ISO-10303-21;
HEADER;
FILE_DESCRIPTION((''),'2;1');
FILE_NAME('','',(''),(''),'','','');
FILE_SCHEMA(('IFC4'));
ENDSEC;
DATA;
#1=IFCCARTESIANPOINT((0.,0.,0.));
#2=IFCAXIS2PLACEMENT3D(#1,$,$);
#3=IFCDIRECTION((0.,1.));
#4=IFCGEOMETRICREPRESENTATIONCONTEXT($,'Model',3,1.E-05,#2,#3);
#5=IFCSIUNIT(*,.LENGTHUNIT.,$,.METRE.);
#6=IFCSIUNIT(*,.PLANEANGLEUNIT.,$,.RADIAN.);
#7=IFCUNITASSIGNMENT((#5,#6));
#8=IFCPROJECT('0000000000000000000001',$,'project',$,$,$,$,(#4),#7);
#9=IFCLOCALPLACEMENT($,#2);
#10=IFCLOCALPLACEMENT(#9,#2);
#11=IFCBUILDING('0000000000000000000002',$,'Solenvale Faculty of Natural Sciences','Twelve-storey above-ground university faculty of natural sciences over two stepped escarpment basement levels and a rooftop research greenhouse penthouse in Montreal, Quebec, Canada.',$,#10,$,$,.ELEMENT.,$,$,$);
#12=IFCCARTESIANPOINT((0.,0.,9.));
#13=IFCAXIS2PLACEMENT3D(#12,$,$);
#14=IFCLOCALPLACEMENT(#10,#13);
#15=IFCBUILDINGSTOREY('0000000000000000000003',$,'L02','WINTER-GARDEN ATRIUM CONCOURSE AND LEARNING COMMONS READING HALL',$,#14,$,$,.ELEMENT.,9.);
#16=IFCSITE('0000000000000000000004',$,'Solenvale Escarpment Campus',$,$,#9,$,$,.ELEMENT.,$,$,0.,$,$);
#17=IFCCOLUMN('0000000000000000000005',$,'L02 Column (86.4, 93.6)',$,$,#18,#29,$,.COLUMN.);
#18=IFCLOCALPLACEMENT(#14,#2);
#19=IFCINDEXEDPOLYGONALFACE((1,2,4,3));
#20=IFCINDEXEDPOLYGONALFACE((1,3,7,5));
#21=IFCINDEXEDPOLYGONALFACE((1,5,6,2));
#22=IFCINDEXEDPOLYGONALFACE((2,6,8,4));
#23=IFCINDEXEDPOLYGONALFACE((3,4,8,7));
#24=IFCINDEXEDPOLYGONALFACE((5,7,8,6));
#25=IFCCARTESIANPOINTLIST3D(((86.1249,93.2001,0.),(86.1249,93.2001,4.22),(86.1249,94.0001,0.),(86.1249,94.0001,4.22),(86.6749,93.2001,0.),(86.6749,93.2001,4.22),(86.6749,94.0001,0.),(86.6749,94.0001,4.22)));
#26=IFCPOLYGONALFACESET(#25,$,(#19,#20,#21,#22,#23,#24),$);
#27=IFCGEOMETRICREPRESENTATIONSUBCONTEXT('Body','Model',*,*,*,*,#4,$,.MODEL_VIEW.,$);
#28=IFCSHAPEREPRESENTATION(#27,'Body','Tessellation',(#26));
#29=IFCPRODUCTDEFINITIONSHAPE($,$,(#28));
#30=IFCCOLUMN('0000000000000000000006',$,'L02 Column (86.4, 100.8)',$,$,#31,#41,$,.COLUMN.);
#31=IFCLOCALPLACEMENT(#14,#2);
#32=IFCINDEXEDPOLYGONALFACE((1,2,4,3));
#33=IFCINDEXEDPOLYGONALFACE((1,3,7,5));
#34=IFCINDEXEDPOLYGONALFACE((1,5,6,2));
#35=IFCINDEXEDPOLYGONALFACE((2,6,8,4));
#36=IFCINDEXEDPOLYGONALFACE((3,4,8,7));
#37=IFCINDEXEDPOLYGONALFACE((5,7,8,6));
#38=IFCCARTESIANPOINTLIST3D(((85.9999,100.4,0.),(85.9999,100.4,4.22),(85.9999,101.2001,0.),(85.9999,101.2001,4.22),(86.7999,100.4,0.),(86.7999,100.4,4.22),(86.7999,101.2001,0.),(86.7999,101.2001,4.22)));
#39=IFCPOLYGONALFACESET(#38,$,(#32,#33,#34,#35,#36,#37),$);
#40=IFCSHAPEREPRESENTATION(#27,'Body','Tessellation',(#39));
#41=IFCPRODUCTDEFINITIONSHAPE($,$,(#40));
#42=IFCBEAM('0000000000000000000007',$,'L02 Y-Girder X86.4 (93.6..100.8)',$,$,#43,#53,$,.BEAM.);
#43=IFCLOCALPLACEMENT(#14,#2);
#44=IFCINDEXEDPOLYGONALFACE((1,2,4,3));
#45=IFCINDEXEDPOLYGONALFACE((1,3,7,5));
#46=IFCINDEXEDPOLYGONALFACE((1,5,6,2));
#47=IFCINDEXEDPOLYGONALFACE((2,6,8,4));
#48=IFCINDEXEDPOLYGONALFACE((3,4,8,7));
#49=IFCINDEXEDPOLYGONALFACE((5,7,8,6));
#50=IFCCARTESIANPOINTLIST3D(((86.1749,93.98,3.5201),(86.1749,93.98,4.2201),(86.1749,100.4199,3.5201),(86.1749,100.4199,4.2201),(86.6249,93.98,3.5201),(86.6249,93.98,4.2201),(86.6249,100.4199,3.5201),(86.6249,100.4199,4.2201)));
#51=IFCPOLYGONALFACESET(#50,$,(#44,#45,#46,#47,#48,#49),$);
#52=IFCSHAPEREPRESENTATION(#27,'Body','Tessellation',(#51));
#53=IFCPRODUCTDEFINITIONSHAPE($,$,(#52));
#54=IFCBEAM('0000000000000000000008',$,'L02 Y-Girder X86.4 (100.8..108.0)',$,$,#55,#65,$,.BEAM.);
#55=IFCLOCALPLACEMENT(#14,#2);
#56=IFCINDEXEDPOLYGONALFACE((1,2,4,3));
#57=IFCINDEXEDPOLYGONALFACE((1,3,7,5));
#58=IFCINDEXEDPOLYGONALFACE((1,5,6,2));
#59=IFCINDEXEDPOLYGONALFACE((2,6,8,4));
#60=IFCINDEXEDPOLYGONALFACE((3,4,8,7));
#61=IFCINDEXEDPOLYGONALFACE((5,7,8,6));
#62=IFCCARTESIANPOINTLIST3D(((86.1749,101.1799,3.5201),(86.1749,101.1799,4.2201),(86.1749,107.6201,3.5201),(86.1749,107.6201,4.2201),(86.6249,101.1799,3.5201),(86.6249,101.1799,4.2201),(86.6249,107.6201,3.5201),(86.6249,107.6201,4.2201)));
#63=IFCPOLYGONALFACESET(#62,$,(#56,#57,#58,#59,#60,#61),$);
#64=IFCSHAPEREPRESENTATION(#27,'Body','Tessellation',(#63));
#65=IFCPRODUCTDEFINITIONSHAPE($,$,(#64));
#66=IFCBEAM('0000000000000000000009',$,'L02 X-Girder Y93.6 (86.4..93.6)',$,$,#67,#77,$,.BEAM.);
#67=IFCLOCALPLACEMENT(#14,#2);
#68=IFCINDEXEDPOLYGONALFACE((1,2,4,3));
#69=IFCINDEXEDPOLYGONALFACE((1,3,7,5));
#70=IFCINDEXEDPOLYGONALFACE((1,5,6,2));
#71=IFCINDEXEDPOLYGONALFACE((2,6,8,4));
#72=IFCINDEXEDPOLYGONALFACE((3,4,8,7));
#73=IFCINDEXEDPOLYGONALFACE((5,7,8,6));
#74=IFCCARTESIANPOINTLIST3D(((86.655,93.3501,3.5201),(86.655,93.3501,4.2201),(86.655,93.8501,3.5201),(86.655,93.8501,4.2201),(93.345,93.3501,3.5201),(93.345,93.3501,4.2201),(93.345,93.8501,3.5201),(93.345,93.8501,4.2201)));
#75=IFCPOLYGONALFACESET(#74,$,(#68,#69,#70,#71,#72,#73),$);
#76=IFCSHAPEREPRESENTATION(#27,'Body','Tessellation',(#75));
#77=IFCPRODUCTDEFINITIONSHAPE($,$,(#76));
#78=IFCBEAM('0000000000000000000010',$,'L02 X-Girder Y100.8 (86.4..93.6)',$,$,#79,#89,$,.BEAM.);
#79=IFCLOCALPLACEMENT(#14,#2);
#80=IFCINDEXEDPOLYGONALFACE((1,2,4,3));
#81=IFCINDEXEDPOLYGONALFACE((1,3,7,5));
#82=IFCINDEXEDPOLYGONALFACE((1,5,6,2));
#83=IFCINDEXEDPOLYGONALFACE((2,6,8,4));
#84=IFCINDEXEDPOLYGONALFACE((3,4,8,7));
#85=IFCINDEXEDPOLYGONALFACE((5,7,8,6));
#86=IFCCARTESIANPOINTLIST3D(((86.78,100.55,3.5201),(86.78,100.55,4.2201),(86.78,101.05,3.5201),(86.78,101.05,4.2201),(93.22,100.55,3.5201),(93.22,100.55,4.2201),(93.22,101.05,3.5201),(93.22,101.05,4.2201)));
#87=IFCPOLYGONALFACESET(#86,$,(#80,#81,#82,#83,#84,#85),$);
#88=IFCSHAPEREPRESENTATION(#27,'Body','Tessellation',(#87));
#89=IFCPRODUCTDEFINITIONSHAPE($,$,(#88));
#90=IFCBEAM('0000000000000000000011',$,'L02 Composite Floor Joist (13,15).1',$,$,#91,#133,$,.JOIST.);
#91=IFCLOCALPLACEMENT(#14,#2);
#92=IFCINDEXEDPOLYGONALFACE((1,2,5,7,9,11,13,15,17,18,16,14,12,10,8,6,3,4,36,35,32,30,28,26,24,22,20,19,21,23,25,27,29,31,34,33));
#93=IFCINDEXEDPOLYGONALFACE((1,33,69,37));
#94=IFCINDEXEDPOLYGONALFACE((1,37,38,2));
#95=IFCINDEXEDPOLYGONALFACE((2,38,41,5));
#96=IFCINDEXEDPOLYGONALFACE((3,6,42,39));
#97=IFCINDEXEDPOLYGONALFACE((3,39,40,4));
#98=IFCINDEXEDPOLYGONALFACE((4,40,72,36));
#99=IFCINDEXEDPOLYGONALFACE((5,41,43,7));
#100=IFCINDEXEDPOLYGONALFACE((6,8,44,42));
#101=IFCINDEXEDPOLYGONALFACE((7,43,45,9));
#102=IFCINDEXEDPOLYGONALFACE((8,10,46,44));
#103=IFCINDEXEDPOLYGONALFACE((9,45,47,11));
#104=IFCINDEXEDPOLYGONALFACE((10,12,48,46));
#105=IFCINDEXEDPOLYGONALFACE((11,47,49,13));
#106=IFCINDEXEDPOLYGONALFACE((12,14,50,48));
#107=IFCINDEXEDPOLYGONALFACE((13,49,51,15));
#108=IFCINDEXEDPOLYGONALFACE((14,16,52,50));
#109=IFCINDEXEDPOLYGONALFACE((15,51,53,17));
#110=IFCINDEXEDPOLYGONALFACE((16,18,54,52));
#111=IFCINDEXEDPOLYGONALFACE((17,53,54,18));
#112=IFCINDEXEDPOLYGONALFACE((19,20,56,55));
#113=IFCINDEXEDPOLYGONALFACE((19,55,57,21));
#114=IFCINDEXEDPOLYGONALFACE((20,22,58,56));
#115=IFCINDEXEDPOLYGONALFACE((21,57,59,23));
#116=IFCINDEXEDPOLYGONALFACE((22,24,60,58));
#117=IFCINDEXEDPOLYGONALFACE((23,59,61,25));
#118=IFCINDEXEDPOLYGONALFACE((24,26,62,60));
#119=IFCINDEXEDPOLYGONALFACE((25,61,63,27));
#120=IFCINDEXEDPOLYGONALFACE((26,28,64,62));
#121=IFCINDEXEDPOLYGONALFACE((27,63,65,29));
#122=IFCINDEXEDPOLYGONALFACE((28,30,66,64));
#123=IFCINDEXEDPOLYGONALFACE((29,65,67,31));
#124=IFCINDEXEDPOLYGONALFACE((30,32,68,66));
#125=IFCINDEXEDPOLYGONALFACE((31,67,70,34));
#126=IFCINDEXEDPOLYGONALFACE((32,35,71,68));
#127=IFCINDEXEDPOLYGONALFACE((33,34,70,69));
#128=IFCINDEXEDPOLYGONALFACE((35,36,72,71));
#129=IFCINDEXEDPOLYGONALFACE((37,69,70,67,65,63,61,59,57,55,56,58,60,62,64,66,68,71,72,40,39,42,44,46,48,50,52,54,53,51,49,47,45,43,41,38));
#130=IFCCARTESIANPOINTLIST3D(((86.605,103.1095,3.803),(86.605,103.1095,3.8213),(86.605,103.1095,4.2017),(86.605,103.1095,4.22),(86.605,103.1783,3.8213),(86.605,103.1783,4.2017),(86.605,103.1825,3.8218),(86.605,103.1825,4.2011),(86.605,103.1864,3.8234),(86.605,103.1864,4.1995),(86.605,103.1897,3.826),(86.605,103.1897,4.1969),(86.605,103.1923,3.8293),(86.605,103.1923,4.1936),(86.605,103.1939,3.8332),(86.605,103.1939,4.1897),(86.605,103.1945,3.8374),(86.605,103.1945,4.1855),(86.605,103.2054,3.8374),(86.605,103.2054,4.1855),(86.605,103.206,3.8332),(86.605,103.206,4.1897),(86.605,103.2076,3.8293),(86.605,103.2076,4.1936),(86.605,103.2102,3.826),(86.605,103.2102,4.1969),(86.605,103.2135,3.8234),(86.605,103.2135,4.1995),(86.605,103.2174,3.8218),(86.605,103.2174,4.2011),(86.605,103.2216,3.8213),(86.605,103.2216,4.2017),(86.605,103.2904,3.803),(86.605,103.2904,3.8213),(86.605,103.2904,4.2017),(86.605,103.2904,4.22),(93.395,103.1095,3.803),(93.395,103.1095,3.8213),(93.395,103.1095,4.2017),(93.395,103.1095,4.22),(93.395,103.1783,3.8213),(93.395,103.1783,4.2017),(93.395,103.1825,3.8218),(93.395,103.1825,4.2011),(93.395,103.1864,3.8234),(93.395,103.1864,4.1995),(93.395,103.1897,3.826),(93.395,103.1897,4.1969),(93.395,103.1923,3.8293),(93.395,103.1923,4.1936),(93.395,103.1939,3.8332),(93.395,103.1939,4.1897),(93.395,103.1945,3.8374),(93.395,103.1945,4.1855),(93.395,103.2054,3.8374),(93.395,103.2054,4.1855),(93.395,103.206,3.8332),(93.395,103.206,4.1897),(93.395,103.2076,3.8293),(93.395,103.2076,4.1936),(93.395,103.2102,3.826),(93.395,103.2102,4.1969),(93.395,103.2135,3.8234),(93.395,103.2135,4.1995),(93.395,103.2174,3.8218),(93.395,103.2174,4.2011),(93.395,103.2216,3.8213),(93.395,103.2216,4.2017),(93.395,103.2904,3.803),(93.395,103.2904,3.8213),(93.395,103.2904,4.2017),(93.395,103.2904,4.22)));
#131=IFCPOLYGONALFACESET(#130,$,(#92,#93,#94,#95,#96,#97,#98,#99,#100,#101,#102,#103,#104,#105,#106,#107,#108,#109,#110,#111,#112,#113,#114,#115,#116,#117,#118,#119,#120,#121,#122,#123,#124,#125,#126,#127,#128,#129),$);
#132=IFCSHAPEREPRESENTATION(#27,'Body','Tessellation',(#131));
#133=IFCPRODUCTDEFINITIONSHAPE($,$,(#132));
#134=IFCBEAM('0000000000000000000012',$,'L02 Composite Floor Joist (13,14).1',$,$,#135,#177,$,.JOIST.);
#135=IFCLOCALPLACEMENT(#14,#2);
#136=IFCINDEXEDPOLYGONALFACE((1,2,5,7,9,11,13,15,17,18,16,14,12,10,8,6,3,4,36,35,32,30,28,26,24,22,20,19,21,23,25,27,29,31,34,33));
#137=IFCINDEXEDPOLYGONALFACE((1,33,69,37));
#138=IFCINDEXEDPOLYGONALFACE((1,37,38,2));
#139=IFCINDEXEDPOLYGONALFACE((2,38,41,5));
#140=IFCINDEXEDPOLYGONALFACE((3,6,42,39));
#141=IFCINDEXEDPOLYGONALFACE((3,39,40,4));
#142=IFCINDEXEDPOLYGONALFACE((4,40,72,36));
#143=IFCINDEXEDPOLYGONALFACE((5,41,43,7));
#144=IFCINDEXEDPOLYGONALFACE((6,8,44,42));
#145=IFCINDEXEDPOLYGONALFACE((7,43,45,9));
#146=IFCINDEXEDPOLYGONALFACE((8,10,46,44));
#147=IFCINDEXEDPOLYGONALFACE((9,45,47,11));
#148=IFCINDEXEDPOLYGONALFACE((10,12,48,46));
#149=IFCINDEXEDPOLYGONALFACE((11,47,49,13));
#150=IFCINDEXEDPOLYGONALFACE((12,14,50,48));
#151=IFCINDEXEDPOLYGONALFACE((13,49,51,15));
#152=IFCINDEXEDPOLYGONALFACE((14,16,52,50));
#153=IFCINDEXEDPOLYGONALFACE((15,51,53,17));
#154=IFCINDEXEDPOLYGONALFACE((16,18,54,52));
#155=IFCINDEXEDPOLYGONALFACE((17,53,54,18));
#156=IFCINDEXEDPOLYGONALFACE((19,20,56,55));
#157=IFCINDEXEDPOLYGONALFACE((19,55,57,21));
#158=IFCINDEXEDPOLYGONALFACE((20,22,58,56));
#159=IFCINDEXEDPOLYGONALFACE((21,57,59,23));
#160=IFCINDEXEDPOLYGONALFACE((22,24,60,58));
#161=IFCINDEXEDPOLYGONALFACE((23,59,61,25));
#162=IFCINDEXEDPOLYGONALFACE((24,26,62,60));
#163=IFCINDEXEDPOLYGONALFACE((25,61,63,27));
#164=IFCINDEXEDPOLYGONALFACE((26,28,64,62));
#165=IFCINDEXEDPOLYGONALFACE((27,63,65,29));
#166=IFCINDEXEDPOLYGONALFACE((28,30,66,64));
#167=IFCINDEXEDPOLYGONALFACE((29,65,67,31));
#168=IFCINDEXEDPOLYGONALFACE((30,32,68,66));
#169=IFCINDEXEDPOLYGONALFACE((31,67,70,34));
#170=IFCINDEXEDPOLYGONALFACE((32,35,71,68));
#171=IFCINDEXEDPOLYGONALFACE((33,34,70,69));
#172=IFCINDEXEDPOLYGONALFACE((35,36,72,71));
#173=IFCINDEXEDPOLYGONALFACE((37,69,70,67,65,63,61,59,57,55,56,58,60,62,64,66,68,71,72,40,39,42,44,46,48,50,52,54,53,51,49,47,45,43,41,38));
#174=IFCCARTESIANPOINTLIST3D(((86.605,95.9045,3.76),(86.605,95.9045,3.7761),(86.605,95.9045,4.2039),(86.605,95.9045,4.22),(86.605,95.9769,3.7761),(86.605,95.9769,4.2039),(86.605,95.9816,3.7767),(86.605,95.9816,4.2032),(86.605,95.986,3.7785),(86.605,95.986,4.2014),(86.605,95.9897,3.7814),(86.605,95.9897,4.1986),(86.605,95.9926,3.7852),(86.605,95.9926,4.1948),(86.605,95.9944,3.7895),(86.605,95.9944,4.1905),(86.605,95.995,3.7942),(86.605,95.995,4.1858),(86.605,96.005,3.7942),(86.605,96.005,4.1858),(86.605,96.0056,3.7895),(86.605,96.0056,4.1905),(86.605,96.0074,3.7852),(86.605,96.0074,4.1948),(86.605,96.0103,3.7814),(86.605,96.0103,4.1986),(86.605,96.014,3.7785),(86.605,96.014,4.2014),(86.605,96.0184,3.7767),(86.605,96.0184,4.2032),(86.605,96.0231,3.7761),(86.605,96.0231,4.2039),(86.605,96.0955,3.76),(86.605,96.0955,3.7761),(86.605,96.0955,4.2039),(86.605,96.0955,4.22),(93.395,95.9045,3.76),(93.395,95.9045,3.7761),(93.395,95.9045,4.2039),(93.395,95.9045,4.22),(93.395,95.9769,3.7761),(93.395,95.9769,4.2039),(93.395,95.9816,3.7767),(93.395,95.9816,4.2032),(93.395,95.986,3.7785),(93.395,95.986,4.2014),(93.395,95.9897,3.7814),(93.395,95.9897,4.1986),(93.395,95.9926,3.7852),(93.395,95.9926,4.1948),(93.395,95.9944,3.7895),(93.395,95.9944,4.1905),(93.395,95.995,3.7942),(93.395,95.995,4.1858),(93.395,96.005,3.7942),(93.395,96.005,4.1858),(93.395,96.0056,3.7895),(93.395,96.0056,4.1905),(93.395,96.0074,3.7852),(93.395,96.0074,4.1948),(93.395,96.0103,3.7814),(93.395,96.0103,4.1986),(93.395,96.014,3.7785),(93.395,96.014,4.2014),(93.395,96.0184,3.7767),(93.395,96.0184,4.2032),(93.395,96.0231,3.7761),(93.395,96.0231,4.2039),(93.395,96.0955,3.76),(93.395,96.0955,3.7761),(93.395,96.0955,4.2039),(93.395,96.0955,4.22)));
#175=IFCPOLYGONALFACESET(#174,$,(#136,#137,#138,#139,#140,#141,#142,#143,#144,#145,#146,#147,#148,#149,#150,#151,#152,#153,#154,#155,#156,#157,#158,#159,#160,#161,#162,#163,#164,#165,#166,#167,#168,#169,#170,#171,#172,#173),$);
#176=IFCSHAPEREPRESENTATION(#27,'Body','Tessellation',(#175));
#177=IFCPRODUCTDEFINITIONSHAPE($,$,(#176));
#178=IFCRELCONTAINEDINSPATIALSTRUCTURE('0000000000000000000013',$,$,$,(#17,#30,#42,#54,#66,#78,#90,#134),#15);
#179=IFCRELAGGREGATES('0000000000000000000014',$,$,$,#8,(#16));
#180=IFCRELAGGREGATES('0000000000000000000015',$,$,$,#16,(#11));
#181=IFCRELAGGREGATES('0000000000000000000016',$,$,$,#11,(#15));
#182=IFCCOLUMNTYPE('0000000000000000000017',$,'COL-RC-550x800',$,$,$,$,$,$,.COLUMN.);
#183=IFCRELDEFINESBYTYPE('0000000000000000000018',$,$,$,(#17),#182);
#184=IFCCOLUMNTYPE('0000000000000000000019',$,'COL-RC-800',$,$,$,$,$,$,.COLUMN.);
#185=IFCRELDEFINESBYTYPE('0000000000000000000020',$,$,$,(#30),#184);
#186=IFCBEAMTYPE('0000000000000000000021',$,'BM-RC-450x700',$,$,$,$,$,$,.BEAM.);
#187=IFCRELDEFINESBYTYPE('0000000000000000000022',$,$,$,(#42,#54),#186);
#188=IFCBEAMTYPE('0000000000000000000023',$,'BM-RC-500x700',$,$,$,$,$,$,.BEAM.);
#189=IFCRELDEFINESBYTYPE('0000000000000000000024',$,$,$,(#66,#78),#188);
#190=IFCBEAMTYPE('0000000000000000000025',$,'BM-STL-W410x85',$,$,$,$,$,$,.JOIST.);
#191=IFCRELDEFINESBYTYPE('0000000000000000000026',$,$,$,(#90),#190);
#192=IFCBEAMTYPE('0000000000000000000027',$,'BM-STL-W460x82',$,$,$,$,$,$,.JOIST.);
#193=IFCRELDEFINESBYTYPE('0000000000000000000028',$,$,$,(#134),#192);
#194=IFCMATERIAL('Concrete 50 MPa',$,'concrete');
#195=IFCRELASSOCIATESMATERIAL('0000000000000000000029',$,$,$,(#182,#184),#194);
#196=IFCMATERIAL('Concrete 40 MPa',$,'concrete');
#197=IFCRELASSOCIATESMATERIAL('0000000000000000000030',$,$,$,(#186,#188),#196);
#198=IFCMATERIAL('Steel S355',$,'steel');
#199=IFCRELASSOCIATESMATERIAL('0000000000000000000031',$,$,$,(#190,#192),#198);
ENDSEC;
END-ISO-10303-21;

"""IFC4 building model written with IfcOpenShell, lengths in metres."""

from ifc_helpers import new_model, si_unit, direction, frame, origin, origin_2d, place, context, subcontext, project, spatial, rectangle, i_section, extrude, material, material_profile, profile_set, type_object, element, save


model = new_model("IFC4")

# Units and contexts
model_context = context("Model", 3, precision=1e-05, world=origin(), true_north=direction((0.0, 1.0)))
body_context = subcontext(model_context, "Body", "Model", "MODEL_VIEW")
ifc_project = project(units=[si_unit("LENGTHUNIT", "METRE"), si_unit("PLANEANGLEUNIT", "RADIAN")], contexts=[model_context])

# Site, building, storey
site_placement = place(None, origin())
site = spatial("IfcSite", under=ifc_project, at=site_placement, Name="Solenvale Escarpment Campus", CompositionType="ELEMENT", RefElevation=0.0)
building_placement = place(site_placement, origin())
building = spatial("IfcBuilding", under=site, at=building_placement, Name="Solenvale Faculty of Natural Sciences", Description="Twelve-storey above-ground university faculty of natural sciences over two stepped escarpment basement levels and a rooftop research greenhouse penthouse in Montreal, Quebec, Canada.", CompositionType="ELEMENT")
storey_placement = place(building_placement, frame((0.0, 0.0, 9.0)))
storey = spatial("IfcBuildingStorey", under=building, at=storey_placement, Name="L02", Description="WINTER-GARDEN ATRIUM CONCOURSE AND LEARNING COMMONS READING HALL", CompositionType="ELEMENT", Elevation=9.0)

# Columns
ifc_material_1 = material(Name="Concrete 50 MPa", Category="concrete")
ifc_material_profile_1 = material_profile(ifc_material_1, rectangle(XDim=0.55, YDim=0.8, at=origin_2d()), Name="RC-COL-550x800")
ifc_profile_set_1 = profile_set([ifc_material_profile_1], Name="Concrete 50 MPa")
column_type_1 = type_object("IfcColumnType", Name="COL-RC-550x800", PredefinedType="COLUMN", material=ifc_profile_set_1)
column_1_placement = place(storey_placement, frame((86.3999, 93.6001, 0.0), z_axis=(0.0, 0.0, 1.0), x_axis=(1.0, 0.0, 0.0)))
element("IfcColumn", 1, at=column_1_placement, inside=storey, type_object=column_type_1, Name="L02 Column (86.4, 93.6)", PredefinedType="COLUMN", context=body_context, shape_type="SweptSolid", body=[
    extrude(rectangle(XDim=0.55, YDim=0.8, at=origin_2d()), origin(), (0.0, 0.0, 1.0), 4.22),
])
ifc_material_profile_2 = material_profile(ifc_material_1, rectangle(XDim=0.8, YDim=0.8, at=origin_2d()), Name="RC-COL-800x800")
ifc_profile_set_2 = profile_set([ifc_material_profile_2], Name="Concrete 50 MPa")
column_type_2 = type_object("IfcColumnType", Name="COL-RC-800", PredefinedType="COLUMN", material=ifc_profile_set_2)
column_2_placement = place(storey_placement, frame((86.3999, 100.8, 0.0), z_axis=(0.0, 0.0, 1.0), x_axis=(1.0, 0.0, 0.0)))
element("IfcColumn", 2, at=column_2_placement, inside=storey, type_object=column_type_2, Name="L02 Column (86.4, 100.8)", PredefinedType="COLUMN", context=body_context, shape_type="SweptSolid", body=[
    extrude(rectangle(XDim=0.8, YDim=0.8, at=origin_2d()), origin(), (0.0, 0.0, 1.0), 4.22),
])

# Beams
ifc_material_2 = material(Name="Concrete 40 MPa", Category="concrete")
ifc_material_profile_3 = material_profile(ifc_material_2, rectangle(XDim=0.45, YDim=0.7, at=origin_2d()), Name="RC-BM-450x700")
ifc_profile_set_3 = profile_set([ifc_material_profile_3], Name="Concrete 40 MPa")
beam_type_1 = type_object("IfcBeamType", Name="BM-RC-450x700", PredefinedType="BEAM", material=ifc_profile_set_3)
beam_1_placement = place(storey_placement, frame((86.3999, 93.98, 3.8701), z_axis=(0.0, 1.0, 0.0), x_axis=(-1.0, 0.0, 0.0)))
element("IfcBeam", 3, at=beam_1_placement, inside=storey, type_object=beam_type_1, Name="L02 Y-Girder X86.4 (93.6..100.8)", PredefinedType="BEAM", context=body_context, shape_type="SweptSolid", body=[
    extrude(rectangle(XDim=0.45, YDim=0.7, at=origin_2d()), origin(), (0.0, 0.0, 1.0), 6.4399),
])
beam_2_placement = place(storey_placement, frame((86.3999, 101.1799, 3.8701), z_axis=(0.0, 1.0, 0.0), x_axis=(-1.0, 0.0, 0.0)))
element("IfcBeam", 4, at=beam_2_placement, inside=storey, type_object=beam_type_1, Name="L02 Y-Girder X86.4 (100.8..108.0)", PredefinedType="BEAM", context=body_context, shape_type="SweptSolid", body=[
    extrude(rectangle(XDim=0.45, YDim=0.7, at=origin_2d()), origin(), (0.0, 0.0, 1.0), 6.4402),
])
ifc_material_profile_4 = material_profile(ifc_material_2, rectangle(XDim=0.5, YDim=0.7, at=origin_2d()), Name="RC-BM-500x700")
ifc_profile_set_4 = profile_set([ifc_material_profile_4], Name="Concrete 40 MPa")
beam_type_2 = type_object("IfcBeamType", Name="BM-RC-500x700", PredefinedType="BEAM", material=ifc_profile_set_4)
beam_3_placement = place(storey_placement, frame((86.655, 93.6001, 3.8701), z_axis=(1.0, 0.0, 0.0), x_axis=(0.0, 1.0, 0.0)))
element("IfcBeam", 5, at=beam_3_placement, inside=storey, type_object=beam_type_2, Name="L02 X-Girder Y93.6 (86.4..93.6)", PredefinedType="BEAM", context=body_context, shape_type="SweptSolid", body=[
    extrude(rectangle(XDim=0.5, YDim=0.7, at=origin_2d()), origin(), (0.0, 0.0, 1.0), 6.6899),
])
beam_4_placement = place(storey_placement, frame((86.78, 100.8, 3.8701), z_axis=(1.0, 0.0, 0.0), x_axis=(0.0, 1.0, 0.0)))
element("IfcBeam", 6, at=beam_4_placement, inside=storey, type_object=beam_type_2, Name="L02 X-Girder Y100.8 (86.4..93.6)", PredefinedType="BEAM", context=body_context, shape_type="SweptSolid", body=[
    extrude(rectangle(XDim=0.5, YDim=0.7, at=origin_2d()), origin(), (0.0, 0.0, 1.0), 6.4399),
])
ifc_material_3 = material(Name="Steel S355", Category="steel")
ifc_material_profile_5 = material_profile(ifc_material_3, i_section(OverallWidth=0.1809, OverallDepth=0.417, WebThickness=0.011, FlangeThickness=0.0183, FilletRadius=0.0161, at=origin_2d()), Name="W410x85")
ifc_profile_set_5 = profile_set([ifc_material_profile_5], Name="Steel S355")
beam_type_3 = type_object("IfcBeamType", Name="BM-STL-W410x85", PredefinedType="JOIST", material=ifc_profile_set_5)
beam_5_placement = place(storey_placement, frame((86.605, 103.2, 4.0115), z_axis=(1.0, 0.0, 0.0), x_axis=(0.0, 1.0, 0.0)))
element("IfcBeam", 7, at=beam_5_placement, inside=storey, type_object=beam_type_3, Name="L02 Composite Floor Joist (13,15).1", PredefinedType="JOIST", context=body_context, shape_type="SweptSolid", body=[
    extrude(i_section(OverallWidth=0.1809, OverallDepth=0.417, WebThickness=0.011, FlangeThickness=0.0183, FilletRadius=0.0161, at=origin_2d()), origin(), (0.0, 0.0, 1.0), 6.79),
])
ifc_material_profile_6 = material_profile(ifc_material_3, i_section(OverallWidth=0.1909, OverallDepth=0.46, WebThickness=0.01, FlangeThickness=0.0161, FilletRadius=0.0181, at=origin_2d()), Name="W460x82")
ifc_profile_set_6 = profile_set([ifc_material_profile_6], Name="Steel S355")
beam_type_4 = type_object("IfcBeamType", Name="BM-STL-W460x82", PredefinedType="JOIST", material=ifc_profile_set_6)
for number, where, z_axis, x_axis, name in (
    (8, (86.605, 96.0, 3.99), (1.0, 0.0, 0.0), (0.0, 1.0, 0.0), "L02 Composite Floor Joist (13,14).1"),
):
    element("IfcBeam", number, at=place(storey_placement, frame(where, z_axis=z_axis, x_axis=x_axis)), inside=storey, type_object=beam_type_4, Name=name, PredefinedType="JOIST", context=body_context, shape_type="SweptSolid", body=[
        extrude(i_section(OverallWidth=0.1909, OverallDepth=0.46, WebThickness=0.01, FlangeThickness=0.0161, FilletRadius=0.0181, at=origin_2d()), origin(), (0.0, 0.0, 1.0), 6.79),
    ])

save(model, "model.ifc")
